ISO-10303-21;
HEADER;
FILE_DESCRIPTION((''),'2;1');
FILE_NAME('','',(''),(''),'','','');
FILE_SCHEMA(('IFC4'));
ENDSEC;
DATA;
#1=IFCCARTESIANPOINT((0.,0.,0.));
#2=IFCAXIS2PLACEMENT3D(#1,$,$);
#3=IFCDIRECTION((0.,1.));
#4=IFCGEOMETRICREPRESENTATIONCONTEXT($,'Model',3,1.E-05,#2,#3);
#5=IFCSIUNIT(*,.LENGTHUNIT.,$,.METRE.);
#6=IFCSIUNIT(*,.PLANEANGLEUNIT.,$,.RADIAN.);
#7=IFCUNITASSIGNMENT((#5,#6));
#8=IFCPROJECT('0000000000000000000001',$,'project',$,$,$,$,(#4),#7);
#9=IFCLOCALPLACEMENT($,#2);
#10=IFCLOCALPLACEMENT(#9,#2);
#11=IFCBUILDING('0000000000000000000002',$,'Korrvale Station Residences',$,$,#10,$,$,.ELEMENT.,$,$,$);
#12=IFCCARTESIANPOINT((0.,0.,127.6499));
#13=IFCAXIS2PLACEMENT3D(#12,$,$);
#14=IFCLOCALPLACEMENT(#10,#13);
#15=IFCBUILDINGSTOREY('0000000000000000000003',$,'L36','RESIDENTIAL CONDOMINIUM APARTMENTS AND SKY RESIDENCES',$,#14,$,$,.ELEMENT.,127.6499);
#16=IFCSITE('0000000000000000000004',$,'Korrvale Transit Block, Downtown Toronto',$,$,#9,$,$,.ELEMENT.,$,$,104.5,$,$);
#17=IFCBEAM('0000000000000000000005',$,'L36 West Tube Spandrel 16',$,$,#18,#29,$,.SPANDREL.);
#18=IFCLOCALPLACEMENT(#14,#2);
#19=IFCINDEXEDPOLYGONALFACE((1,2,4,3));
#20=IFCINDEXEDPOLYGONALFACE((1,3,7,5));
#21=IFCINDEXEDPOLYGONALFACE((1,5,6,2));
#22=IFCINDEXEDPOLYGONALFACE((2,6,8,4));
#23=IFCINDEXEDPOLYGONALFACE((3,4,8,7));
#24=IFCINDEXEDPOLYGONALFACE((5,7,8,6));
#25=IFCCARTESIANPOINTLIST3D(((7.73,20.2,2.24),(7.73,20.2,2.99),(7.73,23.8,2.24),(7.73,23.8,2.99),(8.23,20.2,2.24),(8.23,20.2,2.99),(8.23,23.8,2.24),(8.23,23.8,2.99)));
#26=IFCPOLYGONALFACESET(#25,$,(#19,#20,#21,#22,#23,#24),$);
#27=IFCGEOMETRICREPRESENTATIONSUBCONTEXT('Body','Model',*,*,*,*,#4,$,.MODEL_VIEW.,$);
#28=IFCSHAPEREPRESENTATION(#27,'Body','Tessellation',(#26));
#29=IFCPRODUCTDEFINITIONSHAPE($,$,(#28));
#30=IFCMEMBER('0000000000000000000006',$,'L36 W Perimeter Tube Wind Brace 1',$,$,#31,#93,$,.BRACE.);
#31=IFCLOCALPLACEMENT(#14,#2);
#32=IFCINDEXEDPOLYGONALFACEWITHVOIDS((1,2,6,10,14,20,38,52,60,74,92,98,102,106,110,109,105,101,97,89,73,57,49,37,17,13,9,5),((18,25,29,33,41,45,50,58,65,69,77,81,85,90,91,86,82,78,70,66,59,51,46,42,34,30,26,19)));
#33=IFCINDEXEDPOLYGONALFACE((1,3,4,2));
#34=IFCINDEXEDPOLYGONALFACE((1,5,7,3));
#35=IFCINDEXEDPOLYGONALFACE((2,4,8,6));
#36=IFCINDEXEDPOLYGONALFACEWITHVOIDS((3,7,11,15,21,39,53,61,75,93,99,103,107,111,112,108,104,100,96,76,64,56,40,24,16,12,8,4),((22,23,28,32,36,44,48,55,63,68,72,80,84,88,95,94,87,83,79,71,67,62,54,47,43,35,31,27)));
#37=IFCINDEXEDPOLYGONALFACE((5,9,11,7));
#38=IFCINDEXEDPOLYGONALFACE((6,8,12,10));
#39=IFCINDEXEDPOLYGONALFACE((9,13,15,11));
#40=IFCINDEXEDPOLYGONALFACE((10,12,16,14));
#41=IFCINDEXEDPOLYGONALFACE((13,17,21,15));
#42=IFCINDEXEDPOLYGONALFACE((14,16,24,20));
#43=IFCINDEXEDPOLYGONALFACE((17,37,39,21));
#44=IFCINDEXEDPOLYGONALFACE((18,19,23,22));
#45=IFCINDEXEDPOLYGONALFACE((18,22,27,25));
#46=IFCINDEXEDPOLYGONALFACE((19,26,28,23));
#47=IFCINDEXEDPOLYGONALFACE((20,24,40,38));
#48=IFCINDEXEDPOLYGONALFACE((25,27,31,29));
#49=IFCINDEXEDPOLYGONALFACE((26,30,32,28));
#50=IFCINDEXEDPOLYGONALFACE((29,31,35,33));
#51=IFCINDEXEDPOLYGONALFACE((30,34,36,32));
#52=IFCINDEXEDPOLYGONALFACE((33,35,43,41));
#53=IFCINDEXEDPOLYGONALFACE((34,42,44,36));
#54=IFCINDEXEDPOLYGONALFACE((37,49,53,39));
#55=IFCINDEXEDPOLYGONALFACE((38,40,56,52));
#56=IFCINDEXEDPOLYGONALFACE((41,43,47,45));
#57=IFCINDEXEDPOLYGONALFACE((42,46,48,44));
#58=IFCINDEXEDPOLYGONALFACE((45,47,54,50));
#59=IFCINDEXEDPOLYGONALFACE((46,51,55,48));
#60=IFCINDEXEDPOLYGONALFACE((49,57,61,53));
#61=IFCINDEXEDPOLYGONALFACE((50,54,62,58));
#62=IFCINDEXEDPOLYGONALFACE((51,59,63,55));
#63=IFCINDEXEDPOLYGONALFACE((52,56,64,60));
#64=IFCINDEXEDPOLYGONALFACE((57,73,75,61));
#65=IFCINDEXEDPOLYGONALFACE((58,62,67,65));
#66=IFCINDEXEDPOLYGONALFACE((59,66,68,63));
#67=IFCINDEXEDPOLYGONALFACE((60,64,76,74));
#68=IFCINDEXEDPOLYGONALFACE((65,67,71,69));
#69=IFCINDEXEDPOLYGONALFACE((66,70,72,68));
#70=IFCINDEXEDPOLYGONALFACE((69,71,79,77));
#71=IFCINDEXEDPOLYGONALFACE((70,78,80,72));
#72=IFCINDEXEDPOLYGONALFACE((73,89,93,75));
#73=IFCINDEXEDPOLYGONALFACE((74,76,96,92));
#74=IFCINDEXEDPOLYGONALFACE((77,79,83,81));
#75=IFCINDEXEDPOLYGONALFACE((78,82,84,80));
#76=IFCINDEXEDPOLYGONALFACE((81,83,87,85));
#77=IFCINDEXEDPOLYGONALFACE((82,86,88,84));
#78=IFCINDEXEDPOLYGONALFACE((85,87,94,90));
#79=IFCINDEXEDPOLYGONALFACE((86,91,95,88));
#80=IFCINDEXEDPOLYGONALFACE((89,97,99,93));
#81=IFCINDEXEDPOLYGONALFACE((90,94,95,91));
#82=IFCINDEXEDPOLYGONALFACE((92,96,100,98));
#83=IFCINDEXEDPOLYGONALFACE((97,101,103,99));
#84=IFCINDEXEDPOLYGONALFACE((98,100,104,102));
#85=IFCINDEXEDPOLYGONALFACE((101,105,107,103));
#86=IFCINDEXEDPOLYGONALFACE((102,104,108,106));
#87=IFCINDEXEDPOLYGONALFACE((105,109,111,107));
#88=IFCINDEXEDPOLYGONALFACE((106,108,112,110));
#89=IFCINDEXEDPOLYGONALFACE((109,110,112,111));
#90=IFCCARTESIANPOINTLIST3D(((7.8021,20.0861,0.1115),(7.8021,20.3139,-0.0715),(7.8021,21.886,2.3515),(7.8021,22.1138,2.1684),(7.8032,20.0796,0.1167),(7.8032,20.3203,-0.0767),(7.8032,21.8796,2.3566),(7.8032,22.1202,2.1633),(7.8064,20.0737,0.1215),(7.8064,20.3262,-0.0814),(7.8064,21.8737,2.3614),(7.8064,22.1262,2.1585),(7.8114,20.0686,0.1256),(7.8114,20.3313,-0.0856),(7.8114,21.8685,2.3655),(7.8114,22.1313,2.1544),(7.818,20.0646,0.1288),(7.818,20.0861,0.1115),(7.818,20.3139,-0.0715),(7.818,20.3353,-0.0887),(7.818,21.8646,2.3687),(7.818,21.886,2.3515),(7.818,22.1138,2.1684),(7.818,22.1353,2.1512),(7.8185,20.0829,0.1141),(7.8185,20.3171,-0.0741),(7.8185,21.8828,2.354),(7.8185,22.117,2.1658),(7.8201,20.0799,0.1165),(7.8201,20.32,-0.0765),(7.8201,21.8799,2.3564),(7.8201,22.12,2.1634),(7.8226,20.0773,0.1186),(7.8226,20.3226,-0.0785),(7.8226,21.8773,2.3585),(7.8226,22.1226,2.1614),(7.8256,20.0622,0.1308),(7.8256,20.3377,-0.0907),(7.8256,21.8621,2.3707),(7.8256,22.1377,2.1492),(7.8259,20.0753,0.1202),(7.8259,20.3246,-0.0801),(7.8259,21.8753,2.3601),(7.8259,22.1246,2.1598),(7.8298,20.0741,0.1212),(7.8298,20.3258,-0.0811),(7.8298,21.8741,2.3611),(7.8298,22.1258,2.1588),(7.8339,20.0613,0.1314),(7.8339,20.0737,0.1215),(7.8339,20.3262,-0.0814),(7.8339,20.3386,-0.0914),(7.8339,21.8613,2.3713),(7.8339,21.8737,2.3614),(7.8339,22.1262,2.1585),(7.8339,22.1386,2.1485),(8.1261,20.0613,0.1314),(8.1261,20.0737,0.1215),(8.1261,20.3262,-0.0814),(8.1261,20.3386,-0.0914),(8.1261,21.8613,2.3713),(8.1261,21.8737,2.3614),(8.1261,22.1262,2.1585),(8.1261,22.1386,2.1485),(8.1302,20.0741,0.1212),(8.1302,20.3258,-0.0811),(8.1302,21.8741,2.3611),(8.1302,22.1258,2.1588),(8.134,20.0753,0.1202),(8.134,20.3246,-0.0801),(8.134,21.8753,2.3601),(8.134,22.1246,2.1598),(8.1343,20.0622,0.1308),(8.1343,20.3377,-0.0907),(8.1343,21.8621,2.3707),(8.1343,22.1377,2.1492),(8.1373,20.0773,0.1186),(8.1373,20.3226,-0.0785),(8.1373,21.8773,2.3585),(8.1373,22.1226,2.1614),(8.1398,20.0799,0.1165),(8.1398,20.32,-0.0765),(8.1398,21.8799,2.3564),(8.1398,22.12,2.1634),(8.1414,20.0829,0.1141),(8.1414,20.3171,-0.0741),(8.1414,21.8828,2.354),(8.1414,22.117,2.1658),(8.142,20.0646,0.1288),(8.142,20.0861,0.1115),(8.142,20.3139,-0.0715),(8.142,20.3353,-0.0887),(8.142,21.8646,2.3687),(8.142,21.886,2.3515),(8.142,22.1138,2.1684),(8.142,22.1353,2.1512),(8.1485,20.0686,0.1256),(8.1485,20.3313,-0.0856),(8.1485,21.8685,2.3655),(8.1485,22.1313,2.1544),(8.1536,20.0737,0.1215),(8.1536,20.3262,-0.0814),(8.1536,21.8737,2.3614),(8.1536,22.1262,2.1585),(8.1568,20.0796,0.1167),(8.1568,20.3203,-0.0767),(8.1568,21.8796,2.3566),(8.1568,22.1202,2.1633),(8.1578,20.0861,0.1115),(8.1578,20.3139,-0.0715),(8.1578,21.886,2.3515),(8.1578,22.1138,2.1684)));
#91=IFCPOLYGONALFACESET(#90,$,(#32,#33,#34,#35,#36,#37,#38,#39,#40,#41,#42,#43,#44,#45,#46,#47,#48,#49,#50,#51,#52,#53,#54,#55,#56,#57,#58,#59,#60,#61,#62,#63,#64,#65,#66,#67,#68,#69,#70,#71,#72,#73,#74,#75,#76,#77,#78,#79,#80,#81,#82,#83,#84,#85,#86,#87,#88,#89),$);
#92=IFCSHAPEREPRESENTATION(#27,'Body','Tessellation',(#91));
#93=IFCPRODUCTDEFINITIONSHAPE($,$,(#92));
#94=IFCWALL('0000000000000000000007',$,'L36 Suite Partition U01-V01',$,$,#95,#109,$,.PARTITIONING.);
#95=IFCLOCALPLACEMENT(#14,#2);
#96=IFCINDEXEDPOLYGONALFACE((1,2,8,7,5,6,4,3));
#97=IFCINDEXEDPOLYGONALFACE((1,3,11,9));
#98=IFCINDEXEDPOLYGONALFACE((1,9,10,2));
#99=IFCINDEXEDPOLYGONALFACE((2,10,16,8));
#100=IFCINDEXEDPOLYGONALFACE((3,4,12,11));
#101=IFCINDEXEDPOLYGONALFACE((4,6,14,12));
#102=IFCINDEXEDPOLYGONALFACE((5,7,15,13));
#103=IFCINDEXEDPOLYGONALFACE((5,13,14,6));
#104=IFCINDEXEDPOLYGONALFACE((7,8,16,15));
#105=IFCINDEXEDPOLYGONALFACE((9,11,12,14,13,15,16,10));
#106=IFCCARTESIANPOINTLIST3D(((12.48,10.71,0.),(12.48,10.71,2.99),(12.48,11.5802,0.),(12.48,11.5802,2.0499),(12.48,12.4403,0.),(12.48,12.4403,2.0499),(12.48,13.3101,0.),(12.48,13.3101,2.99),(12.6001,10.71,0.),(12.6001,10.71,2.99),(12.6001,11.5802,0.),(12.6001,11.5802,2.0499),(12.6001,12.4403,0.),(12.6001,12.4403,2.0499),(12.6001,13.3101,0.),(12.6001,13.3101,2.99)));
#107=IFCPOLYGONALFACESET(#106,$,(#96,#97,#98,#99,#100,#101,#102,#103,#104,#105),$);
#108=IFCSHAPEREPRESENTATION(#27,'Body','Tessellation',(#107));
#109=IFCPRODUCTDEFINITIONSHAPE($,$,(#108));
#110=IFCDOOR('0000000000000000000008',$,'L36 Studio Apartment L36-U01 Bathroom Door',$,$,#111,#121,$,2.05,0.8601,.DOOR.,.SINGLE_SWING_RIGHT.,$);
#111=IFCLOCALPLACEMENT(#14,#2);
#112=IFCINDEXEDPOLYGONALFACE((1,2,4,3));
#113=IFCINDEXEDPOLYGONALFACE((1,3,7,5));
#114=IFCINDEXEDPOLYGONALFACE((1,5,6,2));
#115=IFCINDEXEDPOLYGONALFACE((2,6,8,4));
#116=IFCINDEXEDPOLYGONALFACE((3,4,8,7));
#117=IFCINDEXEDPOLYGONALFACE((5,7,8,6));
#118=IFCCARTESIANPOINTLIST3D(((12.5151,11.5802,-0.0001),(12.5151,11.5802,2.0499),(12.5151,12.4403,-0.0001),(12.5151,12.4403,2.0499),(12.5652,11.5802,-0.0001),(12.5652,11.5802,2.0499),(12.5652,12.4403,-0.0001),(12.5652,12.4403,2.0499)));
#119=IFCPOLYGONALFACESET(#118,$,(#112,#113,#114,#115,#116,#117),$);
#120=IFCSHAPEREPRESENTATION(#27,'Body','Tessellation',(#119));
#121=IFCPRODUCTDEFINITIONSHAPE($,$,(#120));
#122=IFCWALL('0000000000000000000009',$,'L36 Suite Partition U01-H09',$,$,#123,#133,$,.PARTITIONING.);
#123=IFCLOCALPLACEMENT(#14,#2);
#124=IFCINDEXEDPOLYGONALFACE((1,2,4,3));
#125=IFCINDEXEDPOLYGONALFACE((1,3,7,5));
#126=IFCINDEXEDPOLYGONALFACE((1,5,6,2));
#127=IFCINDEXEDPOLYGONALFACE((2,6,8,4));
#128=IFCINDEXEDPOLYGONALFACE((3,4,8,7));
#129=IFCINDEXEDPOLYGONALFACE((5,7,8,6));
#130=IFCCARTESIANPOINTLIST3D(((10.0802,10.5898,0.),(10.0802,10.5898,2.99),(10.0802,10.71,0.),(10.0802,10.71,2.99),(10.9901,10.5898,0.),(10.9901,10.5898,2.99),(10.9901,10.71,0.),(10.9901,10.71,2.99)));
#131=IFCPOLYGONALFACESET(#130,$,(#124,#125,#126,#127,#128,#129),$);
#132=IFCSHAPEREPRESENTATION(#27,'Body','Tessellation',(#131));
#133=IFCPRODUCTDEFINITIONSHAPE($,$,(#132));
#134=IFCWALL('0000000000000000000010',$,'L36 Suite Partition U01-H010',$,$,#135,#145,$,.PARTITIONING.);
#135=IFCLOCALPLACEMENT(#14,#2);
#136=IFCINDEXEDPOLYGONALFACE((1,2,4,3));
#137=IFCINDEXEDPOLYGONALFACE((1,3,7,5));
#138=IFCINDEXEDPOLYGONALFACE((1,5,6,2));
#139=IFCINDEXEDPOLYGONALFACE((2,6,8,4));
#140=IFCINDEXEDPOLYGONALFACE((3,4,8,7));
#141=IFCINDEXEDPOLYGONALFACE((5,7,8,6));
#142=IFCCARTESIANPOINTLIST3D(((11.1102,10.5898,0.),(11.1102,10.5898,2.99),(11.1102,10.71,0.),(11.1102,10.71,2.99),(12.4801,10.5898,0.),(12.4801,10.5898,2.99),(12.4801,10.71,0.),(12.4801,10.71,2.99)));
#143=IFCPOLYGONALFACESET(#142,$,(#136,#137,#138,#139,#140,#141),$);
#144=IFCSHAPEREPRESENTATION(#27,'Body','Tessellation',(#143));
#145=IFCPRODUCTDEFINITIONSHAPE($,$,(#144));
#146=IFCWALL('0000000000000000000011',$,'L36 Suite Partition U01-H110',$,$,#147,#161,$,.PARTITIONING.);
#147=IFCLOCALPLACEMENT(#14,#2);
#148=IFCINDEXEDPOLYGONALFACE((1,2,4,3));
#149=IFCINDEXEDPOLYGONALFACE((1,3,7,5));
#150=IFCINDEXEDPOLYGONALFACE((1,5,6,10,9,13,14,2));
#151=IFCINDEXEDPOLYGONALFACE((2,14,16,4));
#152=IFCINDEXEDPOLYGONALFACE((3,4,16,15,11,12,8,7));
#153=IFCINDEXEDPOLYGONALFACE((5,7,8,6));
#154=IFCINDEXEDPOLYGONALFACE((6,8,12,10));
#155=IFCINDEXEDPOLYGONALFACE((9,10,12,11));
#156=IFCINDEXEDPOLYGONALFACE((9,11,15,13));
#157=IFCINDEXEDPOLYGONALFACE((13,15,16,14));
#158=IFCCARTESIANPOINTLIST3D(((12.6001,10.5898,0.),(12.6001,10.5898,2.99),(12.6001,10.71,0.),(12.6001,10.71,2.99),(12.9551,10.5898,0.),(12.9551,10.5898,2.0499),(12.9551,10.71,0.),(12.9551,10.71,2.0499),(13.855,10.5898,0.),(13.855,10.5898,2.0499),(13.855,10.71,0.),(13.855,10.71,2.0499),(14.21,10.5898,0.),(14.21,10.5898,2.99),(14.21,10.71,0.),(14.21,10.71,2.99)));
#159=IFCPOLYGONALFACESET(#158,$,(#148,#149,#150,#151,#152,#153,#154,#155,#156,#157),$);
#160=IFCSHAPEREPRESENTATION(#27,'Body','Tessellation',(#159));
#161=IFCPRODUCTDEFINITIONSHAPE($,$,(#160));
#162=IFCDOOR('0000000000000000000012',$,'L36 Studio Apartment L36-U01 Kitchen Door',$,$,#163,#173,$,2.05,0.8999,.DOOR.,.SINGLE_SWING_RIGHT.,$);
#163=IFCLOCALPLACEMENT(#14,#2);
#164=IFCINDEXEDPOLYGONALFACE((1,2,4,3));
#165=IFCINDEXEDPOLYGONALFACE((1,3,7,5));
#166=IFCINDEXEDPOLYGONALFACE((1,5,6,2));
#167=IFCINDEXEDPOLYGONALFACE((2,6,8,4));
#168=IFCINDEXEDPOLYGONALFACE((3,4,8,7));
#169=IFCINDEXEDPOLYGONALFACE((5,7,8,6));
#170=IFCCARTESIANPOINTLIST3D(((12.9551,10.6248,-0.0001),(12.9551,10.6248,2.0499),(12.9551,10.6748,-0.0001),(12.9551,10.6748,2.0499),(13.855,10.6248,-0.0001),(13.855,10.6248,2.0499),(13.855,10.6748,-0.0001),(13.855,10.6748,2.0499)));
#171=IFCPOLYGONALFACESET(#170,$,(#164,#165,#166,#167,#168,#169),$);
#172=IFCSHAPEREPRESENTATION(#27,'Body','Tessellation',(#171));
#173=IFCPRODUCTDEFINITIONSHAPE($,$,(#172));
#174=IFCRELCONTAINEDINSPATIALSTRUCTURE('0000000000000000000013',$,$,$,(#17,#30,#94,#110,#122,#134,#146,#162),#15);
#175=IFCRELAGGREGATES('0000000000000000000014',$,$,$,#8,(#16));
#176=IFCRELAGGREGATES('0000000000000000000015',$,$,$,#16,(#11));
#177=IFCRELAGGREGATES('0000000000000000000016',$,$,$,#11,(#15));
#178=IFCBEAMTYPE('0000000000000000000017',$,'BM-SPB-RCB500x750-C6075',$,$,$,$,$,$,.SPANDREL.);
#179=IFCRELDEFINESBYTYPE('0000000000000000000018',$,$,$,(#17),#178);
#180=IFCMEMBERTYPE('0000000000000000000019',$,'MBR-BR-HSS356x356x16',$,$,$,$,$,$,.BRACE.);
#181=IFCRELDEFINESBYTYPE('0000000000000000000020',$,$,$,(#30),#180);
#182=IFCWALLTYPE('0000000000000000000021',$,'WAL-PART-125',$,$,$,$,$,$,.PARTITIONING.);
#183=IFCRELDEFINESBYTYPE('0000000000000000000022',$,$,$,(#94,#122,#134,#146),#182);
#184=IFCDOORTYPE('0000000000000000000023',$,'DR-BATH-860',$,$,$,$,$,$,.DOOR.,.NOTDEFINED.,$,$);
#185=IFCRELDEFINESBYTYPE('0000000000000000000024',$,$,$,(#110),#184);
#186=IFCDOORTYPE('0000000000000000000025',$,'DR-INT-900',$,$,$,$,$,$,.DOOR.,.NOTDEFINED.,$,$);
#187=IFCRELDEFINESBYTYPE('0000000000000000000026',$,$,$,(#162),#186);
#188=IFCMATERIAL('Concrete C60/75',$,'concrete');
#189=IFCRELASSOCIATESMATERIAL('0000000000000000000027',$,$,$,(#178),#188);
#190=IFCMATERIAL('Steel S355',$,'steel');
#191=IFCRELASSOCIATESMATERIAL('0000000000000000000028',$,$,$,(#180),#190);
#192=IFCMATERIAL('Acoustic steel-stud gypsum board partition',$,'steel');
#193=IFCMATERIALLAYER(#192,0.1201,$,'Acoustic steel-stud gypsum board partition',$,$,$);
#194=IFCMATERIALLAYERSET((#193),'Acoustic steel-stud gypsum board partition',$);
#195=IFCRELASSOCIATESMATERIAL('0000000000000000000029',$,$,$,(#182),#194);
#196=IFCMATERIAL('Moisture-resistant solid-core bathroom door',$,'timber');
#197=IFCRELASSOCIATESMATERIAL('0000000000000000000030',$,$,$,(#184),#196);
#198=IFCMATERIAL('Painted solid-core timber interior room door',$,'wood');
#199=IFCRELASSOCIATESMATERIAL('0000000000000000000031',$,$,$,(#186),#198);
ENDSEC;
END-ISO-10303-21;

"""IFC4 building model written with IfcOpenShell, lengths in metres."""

from ifc_helpers import new_model, si_unit, direction, frame, frame_2d, origin, origin_2d, place, context, subcontext, project, spatial, rectangle, hollow_rectangle, extrude, material, layer, layer_set, material_profile, profile_set, type_object, element, fill, save


model = new_model("IFC4")

# Units and contexts
model_context = context("Model", 3, precision=1e-05, world=origin(), true_north=direction((0.0, 1.0)))
body_context = subcontext(model_context, "Body", "Model", "MODEL_VIEW")
ifc_project = project(units=[si_unit("LENGTHUNIT", "METRE"), si_unit("PLANEANGLEUNIT", "RADIAN")], contexts=[model_context])

# Site, building, storey
site_placement = place(None, origin())
site = spatial("IfcSite", under=ifc_project, at=site_placement, Name="Korrvale Transit Block, Downtown Toronto", CompositionType="ELEMENT", RefElevation=104.5)
building_placement = place(site_placement, origin())
building = spatial("IfcBuilding", under=site, at=building_placement, Name="Korrvale Station Residences", CompositionType="ELEMENT")
storey_placement = place(building_placement, frame((0.0, 0.0, 127.6499)))
storey = spatial("IfcBuildingStorey", under=building, at=storey_placement, Name="L36", Description="RESIDENTIAL CONDOMINIUM APARTMENTS AND SKY RESIDENCES", CompositionType="ELEMENT", Elevation=127.6499)

# Shared definitions
ifc_material_1 = material(Name="Concrete C60/75", Category="concrete")

# Beam
ifc_material_2 = material(Name="Steel S355", Category="steel")
ifc_material_profile_1 = material_profile(ifc_material_1, rectangle(XDim=0.5, YDim=0.75, at=origin_2d()), Name="RCB500x750")
ifc_profile_set_1 = profile_set([ifc_material_profile_1], Name="Concrete C60/75")
beam_type_1 = type_object("IfcBeamType", Name="BM-SPB-RCB500x750-C6075", PredefinedType="SPANDREL", material=ifc_profile_set_1)
beam_1_placement = place(storey_placement, frame((7.98, 20.2, 2.615), z_axis=(0.0, 1.0, 0.0), x_axis=(-1.0, 0.0, 0.0)))
element("IfcBeam", 1, at=beam_1_placement, inside=storey, type_object=beam_type_1, Name="L36 West Tube Spandrel 16", PredefinedType="SPANDREL", context=body_context, shape_type="SweptSolid", body=[
    extrude(rectangle(XDim=0.5, YDim=0.75, at=origin_2d()), origin(), (0.0, 0.0, 1.0), 3.6001),
])

# Member
ifc_material_profile_2 = material_profile(ifc_material_2, hollow_rectangle(XDim=0.3557, YDim=0.3557, WallThickness=0.0159, InnerFilletRadius=0.0159, OuterFilletRadius=0.0317, at=origin_2d()), Name="HSS356x356x16")
ifc_profile_set_2 = profile_set([ifc_material_profile_2], Name="Steel S355")
member_type = type_object("IfcMemberType", Name="MBR-BR-HSS356x356x16", PredefinedType="BRACE", material=ifc_profile_set_2)
member_placement = place(storey_placement, frame((7.98, 20.2, 0.02), z_axis=(0.0, 0.626403, 0.779499), x_axis=(-1.0, 0.0, 0.0)))
element("IfcMember", 2, at=member_placement, inside=storey, type_object=member_type, Name="L36 W Perimeter Tube Wind Brace 1", PredefinedType="BRACE", context=body_context, shape_type="SweptSolid", body=[
    extrude(hollow_rectangle(XDim=0.3557, YDim=0.3557, WallThickness=0.0159, InnerFilletRadius=0.0159, OuterFilletRadius=0.0317, at=origin_2d()), origin(), (0.0, 0.0, 1.0), 2.8735),
])

# Wall, opening, door
ifc_material_3 = material(Name="Acoustic steel-stud gypsum board partition", Category="steel")
ifc_layer_1 = layer(ifc_material_3, 0.1201, Name="Acoustic steel-stud gypsum board partition")
ifc_layer_set_1 = layer_set([ifc_layer_1], Name="Acoustic steel-stud gypsum board partition")
wall_type_1 = type_object("IfcWallType", Name="WAL-PART-125", PredefinedType="PARTITIONING", material=ifc_layer_set_1)
wall_1_placement = place(storey_placement, frame((12.54, 10.71, 0.0), z_axis=(0.0, 0.0, 1.0), x_axis=(0.0, 1.0, 0.0)))
wall_1 = element("IfcWall", 3, at=wall_1_placement, inside=storey, type_object=wall_type_1, Name="L36 Suite Partition U01-V01", PredefinedType="PARTITIONING", context=body_context, shape_type="SweptSolid", body=[
    extrude(rectangle(XDim=2.6001, YDim=0.1201, at=frame_2d((1.3, 0.0))), origin(), (0.0, 0.0, 1.0), 2.99),
])
opening_1_placement = place(wall_1_placement, frame((0.8701, 0.0, 0.0)))
opening_1 = element("IfcOpeningElement", 4, at=opening_1_placement, cuts=wall_1, PredefinedType="OPENING", context=body_context, shape_type="SweptSolid", body=[
    extrude(rectangle(XDim=0.8601, YDim=2.05, at=frame_2d((0.4302, 1.0249))), frame((0.0, 0.0701, 0.0), z_axis=(0.0, -1.0, 0.0), x_axis=(1.0, 0.0, 0.0)), (0.0, 0.0, 1.0), 0.1401),
])
ifc_material_4 = material(Name="Moisture-resistant solid-core bathroom door", Category="timber")
door_type_1 = type_object("IfcDoorType", Name="DR-BATH-860", OperationType="NOTDEFINED", PredefinedType="DOOR", material=ifc_material_4)
door_1_placement = place(opening_1_placement, origin())
door_1 = element("IfcDoor", 5, at=door_1_placement, inside=storey, type_object=door_type_1, Name="L36 Studio Apartment L36-U01 Bathroom Door", OperationType="SINGLE_SWING_RIGHT", OverallHeight=2.05, OverallWidth=0.8601, PredefinedType="DOOR", context=body_context, shape_type="SweptSolid", body=[
    extrude(rectangle(XDim=0.8601, YDim=2.05, at=frame_2d((0.4302, 1.0249))), frame((0.0, 0.0249, 0.0), z_axis=(0.0, -1.0, 0.0), x_axis=(1.0, 0.0, 0.0)), (0.0, 0.0, 1.0), 0.05),
])
fill(opening_1, door_1)

# Walls
wall_2_placement = place(storey_placement, frame((10.0801, 10.6499, 0.0), z_axis=(0.0, 0.0, 1.0), x_axis=(1.0, 0.0, 0.0)))
element("IfcWall", 6, at=wall_2_placement, inside=storey, type_object=wall_type_1, Name="L36 Suite Partition U01-H09", PredefinedType="PARTITIONING", context=body_context, shape_type="SweptSolid", body=[
    extrude(rectangle(XDim=0.9099, YDim=0.1201, at=frame_2d((0.4551, 0.0))), origin(), (0.0, 0.0, 1.0), 2.99),
])
wall_3_placement = place(storey_placement, frame((11.1101, 10.6499, 0.0), z_axis=(0.0, 0.0, 1.0), x_axis=(1.0, 0.0, 0.0)))
element("IfcWall", 7, at=wall_3_placement, inside=storey, type_object=wall_type_1, Name="L36 Suite Partition U01-H010", PredefinedType="PARTITIONING", context=body_context, shape_type="SweptSolid", body=[
    extrude(rectangle(XDim=1.3699, YDim=0.1201, at=frame_2d((0.6851, 0.0))), origin(), (0.0, 0.0, 1.0), 2.99),
])

# Wall, opening, door
wall_4_placement = place(storey_placement, frame((12.6001, 10.6499, 0.0), z_axis=(0.0, 0.0, 1.0), x_axis=(1.0, 0.0, 0.0)))
wall_4 = element("IfcWall", 8, at=wall_4_placement, inside=storey, type_object=wall_type_1, Name="L36 Suite Partition U01-H110", PredefinedType="PARTITIONING", context=body_context, shape_type="SweptSolid", body=[
    extrude(rectangle(XDim=1.6099, YDim=0.1201, at=frame_2d((0.8049, 0.0))), origin(), (0.0, 0.0, 1.0), 2.99),
])
opening_2_placement = place(wall_4_placement, frame((0.355, 0.0, 0.0)))
opening_2 = element("IfcOpeningElement", 9, at=opening_2_placement, cuts=wall_4, PredefinedType="OPENING", context=body_context, shape_type="SweptSolid", body=[
    extrude(rectangle(XDim=0.8999, YDim=2.05, at=frame_2d((0.45, 1.0249))), frame((0.0, 0.0701, 0.0), z_axis=(0.0, -1.0, 0.0), x_axis=(1.0, 0.0, 0.0)), (0.0, 0.0, 1.0), 0.1401),
])
ifc_material_5 = material(Name="Painted solid-core timber interior room door", Category="wood")
door_type_2 = type_object("IfcDoorType", Name="DR-INT-900", OperationType="NOTDEFINED", PredefinedType="DOOR", material=ifc_material_5)
door_2_placement = place(opening_2_placement, origin())
door_2 = element("IfcDoor", 10, at=door_2_placement, inside=storey, type_object=door_type_2, Name="L36 Studio Apartment L36-U01 Kitchen Door", OperationType="SINGLE_SWING_RIGHT", OverallHeight=2.05, OverallWidth=0.8999, PredefinedType="DOOR", context=body_context, shape_type="SweptSolid", body=[
    extrude(rectangle(XDim=0.8999, YDim=2.05, at=frame_2d((0.45, 1.0249))), frame((0.0, 0.0249, 0.0), z_axis=(0.0, -1.0, 0.0), x_axis=(1.0, 0.0, 0.0)), (0.0, 0.0, 1.0), 0.05),
])
fill(opening_2, door_2)

save(model, "model.ifc")
